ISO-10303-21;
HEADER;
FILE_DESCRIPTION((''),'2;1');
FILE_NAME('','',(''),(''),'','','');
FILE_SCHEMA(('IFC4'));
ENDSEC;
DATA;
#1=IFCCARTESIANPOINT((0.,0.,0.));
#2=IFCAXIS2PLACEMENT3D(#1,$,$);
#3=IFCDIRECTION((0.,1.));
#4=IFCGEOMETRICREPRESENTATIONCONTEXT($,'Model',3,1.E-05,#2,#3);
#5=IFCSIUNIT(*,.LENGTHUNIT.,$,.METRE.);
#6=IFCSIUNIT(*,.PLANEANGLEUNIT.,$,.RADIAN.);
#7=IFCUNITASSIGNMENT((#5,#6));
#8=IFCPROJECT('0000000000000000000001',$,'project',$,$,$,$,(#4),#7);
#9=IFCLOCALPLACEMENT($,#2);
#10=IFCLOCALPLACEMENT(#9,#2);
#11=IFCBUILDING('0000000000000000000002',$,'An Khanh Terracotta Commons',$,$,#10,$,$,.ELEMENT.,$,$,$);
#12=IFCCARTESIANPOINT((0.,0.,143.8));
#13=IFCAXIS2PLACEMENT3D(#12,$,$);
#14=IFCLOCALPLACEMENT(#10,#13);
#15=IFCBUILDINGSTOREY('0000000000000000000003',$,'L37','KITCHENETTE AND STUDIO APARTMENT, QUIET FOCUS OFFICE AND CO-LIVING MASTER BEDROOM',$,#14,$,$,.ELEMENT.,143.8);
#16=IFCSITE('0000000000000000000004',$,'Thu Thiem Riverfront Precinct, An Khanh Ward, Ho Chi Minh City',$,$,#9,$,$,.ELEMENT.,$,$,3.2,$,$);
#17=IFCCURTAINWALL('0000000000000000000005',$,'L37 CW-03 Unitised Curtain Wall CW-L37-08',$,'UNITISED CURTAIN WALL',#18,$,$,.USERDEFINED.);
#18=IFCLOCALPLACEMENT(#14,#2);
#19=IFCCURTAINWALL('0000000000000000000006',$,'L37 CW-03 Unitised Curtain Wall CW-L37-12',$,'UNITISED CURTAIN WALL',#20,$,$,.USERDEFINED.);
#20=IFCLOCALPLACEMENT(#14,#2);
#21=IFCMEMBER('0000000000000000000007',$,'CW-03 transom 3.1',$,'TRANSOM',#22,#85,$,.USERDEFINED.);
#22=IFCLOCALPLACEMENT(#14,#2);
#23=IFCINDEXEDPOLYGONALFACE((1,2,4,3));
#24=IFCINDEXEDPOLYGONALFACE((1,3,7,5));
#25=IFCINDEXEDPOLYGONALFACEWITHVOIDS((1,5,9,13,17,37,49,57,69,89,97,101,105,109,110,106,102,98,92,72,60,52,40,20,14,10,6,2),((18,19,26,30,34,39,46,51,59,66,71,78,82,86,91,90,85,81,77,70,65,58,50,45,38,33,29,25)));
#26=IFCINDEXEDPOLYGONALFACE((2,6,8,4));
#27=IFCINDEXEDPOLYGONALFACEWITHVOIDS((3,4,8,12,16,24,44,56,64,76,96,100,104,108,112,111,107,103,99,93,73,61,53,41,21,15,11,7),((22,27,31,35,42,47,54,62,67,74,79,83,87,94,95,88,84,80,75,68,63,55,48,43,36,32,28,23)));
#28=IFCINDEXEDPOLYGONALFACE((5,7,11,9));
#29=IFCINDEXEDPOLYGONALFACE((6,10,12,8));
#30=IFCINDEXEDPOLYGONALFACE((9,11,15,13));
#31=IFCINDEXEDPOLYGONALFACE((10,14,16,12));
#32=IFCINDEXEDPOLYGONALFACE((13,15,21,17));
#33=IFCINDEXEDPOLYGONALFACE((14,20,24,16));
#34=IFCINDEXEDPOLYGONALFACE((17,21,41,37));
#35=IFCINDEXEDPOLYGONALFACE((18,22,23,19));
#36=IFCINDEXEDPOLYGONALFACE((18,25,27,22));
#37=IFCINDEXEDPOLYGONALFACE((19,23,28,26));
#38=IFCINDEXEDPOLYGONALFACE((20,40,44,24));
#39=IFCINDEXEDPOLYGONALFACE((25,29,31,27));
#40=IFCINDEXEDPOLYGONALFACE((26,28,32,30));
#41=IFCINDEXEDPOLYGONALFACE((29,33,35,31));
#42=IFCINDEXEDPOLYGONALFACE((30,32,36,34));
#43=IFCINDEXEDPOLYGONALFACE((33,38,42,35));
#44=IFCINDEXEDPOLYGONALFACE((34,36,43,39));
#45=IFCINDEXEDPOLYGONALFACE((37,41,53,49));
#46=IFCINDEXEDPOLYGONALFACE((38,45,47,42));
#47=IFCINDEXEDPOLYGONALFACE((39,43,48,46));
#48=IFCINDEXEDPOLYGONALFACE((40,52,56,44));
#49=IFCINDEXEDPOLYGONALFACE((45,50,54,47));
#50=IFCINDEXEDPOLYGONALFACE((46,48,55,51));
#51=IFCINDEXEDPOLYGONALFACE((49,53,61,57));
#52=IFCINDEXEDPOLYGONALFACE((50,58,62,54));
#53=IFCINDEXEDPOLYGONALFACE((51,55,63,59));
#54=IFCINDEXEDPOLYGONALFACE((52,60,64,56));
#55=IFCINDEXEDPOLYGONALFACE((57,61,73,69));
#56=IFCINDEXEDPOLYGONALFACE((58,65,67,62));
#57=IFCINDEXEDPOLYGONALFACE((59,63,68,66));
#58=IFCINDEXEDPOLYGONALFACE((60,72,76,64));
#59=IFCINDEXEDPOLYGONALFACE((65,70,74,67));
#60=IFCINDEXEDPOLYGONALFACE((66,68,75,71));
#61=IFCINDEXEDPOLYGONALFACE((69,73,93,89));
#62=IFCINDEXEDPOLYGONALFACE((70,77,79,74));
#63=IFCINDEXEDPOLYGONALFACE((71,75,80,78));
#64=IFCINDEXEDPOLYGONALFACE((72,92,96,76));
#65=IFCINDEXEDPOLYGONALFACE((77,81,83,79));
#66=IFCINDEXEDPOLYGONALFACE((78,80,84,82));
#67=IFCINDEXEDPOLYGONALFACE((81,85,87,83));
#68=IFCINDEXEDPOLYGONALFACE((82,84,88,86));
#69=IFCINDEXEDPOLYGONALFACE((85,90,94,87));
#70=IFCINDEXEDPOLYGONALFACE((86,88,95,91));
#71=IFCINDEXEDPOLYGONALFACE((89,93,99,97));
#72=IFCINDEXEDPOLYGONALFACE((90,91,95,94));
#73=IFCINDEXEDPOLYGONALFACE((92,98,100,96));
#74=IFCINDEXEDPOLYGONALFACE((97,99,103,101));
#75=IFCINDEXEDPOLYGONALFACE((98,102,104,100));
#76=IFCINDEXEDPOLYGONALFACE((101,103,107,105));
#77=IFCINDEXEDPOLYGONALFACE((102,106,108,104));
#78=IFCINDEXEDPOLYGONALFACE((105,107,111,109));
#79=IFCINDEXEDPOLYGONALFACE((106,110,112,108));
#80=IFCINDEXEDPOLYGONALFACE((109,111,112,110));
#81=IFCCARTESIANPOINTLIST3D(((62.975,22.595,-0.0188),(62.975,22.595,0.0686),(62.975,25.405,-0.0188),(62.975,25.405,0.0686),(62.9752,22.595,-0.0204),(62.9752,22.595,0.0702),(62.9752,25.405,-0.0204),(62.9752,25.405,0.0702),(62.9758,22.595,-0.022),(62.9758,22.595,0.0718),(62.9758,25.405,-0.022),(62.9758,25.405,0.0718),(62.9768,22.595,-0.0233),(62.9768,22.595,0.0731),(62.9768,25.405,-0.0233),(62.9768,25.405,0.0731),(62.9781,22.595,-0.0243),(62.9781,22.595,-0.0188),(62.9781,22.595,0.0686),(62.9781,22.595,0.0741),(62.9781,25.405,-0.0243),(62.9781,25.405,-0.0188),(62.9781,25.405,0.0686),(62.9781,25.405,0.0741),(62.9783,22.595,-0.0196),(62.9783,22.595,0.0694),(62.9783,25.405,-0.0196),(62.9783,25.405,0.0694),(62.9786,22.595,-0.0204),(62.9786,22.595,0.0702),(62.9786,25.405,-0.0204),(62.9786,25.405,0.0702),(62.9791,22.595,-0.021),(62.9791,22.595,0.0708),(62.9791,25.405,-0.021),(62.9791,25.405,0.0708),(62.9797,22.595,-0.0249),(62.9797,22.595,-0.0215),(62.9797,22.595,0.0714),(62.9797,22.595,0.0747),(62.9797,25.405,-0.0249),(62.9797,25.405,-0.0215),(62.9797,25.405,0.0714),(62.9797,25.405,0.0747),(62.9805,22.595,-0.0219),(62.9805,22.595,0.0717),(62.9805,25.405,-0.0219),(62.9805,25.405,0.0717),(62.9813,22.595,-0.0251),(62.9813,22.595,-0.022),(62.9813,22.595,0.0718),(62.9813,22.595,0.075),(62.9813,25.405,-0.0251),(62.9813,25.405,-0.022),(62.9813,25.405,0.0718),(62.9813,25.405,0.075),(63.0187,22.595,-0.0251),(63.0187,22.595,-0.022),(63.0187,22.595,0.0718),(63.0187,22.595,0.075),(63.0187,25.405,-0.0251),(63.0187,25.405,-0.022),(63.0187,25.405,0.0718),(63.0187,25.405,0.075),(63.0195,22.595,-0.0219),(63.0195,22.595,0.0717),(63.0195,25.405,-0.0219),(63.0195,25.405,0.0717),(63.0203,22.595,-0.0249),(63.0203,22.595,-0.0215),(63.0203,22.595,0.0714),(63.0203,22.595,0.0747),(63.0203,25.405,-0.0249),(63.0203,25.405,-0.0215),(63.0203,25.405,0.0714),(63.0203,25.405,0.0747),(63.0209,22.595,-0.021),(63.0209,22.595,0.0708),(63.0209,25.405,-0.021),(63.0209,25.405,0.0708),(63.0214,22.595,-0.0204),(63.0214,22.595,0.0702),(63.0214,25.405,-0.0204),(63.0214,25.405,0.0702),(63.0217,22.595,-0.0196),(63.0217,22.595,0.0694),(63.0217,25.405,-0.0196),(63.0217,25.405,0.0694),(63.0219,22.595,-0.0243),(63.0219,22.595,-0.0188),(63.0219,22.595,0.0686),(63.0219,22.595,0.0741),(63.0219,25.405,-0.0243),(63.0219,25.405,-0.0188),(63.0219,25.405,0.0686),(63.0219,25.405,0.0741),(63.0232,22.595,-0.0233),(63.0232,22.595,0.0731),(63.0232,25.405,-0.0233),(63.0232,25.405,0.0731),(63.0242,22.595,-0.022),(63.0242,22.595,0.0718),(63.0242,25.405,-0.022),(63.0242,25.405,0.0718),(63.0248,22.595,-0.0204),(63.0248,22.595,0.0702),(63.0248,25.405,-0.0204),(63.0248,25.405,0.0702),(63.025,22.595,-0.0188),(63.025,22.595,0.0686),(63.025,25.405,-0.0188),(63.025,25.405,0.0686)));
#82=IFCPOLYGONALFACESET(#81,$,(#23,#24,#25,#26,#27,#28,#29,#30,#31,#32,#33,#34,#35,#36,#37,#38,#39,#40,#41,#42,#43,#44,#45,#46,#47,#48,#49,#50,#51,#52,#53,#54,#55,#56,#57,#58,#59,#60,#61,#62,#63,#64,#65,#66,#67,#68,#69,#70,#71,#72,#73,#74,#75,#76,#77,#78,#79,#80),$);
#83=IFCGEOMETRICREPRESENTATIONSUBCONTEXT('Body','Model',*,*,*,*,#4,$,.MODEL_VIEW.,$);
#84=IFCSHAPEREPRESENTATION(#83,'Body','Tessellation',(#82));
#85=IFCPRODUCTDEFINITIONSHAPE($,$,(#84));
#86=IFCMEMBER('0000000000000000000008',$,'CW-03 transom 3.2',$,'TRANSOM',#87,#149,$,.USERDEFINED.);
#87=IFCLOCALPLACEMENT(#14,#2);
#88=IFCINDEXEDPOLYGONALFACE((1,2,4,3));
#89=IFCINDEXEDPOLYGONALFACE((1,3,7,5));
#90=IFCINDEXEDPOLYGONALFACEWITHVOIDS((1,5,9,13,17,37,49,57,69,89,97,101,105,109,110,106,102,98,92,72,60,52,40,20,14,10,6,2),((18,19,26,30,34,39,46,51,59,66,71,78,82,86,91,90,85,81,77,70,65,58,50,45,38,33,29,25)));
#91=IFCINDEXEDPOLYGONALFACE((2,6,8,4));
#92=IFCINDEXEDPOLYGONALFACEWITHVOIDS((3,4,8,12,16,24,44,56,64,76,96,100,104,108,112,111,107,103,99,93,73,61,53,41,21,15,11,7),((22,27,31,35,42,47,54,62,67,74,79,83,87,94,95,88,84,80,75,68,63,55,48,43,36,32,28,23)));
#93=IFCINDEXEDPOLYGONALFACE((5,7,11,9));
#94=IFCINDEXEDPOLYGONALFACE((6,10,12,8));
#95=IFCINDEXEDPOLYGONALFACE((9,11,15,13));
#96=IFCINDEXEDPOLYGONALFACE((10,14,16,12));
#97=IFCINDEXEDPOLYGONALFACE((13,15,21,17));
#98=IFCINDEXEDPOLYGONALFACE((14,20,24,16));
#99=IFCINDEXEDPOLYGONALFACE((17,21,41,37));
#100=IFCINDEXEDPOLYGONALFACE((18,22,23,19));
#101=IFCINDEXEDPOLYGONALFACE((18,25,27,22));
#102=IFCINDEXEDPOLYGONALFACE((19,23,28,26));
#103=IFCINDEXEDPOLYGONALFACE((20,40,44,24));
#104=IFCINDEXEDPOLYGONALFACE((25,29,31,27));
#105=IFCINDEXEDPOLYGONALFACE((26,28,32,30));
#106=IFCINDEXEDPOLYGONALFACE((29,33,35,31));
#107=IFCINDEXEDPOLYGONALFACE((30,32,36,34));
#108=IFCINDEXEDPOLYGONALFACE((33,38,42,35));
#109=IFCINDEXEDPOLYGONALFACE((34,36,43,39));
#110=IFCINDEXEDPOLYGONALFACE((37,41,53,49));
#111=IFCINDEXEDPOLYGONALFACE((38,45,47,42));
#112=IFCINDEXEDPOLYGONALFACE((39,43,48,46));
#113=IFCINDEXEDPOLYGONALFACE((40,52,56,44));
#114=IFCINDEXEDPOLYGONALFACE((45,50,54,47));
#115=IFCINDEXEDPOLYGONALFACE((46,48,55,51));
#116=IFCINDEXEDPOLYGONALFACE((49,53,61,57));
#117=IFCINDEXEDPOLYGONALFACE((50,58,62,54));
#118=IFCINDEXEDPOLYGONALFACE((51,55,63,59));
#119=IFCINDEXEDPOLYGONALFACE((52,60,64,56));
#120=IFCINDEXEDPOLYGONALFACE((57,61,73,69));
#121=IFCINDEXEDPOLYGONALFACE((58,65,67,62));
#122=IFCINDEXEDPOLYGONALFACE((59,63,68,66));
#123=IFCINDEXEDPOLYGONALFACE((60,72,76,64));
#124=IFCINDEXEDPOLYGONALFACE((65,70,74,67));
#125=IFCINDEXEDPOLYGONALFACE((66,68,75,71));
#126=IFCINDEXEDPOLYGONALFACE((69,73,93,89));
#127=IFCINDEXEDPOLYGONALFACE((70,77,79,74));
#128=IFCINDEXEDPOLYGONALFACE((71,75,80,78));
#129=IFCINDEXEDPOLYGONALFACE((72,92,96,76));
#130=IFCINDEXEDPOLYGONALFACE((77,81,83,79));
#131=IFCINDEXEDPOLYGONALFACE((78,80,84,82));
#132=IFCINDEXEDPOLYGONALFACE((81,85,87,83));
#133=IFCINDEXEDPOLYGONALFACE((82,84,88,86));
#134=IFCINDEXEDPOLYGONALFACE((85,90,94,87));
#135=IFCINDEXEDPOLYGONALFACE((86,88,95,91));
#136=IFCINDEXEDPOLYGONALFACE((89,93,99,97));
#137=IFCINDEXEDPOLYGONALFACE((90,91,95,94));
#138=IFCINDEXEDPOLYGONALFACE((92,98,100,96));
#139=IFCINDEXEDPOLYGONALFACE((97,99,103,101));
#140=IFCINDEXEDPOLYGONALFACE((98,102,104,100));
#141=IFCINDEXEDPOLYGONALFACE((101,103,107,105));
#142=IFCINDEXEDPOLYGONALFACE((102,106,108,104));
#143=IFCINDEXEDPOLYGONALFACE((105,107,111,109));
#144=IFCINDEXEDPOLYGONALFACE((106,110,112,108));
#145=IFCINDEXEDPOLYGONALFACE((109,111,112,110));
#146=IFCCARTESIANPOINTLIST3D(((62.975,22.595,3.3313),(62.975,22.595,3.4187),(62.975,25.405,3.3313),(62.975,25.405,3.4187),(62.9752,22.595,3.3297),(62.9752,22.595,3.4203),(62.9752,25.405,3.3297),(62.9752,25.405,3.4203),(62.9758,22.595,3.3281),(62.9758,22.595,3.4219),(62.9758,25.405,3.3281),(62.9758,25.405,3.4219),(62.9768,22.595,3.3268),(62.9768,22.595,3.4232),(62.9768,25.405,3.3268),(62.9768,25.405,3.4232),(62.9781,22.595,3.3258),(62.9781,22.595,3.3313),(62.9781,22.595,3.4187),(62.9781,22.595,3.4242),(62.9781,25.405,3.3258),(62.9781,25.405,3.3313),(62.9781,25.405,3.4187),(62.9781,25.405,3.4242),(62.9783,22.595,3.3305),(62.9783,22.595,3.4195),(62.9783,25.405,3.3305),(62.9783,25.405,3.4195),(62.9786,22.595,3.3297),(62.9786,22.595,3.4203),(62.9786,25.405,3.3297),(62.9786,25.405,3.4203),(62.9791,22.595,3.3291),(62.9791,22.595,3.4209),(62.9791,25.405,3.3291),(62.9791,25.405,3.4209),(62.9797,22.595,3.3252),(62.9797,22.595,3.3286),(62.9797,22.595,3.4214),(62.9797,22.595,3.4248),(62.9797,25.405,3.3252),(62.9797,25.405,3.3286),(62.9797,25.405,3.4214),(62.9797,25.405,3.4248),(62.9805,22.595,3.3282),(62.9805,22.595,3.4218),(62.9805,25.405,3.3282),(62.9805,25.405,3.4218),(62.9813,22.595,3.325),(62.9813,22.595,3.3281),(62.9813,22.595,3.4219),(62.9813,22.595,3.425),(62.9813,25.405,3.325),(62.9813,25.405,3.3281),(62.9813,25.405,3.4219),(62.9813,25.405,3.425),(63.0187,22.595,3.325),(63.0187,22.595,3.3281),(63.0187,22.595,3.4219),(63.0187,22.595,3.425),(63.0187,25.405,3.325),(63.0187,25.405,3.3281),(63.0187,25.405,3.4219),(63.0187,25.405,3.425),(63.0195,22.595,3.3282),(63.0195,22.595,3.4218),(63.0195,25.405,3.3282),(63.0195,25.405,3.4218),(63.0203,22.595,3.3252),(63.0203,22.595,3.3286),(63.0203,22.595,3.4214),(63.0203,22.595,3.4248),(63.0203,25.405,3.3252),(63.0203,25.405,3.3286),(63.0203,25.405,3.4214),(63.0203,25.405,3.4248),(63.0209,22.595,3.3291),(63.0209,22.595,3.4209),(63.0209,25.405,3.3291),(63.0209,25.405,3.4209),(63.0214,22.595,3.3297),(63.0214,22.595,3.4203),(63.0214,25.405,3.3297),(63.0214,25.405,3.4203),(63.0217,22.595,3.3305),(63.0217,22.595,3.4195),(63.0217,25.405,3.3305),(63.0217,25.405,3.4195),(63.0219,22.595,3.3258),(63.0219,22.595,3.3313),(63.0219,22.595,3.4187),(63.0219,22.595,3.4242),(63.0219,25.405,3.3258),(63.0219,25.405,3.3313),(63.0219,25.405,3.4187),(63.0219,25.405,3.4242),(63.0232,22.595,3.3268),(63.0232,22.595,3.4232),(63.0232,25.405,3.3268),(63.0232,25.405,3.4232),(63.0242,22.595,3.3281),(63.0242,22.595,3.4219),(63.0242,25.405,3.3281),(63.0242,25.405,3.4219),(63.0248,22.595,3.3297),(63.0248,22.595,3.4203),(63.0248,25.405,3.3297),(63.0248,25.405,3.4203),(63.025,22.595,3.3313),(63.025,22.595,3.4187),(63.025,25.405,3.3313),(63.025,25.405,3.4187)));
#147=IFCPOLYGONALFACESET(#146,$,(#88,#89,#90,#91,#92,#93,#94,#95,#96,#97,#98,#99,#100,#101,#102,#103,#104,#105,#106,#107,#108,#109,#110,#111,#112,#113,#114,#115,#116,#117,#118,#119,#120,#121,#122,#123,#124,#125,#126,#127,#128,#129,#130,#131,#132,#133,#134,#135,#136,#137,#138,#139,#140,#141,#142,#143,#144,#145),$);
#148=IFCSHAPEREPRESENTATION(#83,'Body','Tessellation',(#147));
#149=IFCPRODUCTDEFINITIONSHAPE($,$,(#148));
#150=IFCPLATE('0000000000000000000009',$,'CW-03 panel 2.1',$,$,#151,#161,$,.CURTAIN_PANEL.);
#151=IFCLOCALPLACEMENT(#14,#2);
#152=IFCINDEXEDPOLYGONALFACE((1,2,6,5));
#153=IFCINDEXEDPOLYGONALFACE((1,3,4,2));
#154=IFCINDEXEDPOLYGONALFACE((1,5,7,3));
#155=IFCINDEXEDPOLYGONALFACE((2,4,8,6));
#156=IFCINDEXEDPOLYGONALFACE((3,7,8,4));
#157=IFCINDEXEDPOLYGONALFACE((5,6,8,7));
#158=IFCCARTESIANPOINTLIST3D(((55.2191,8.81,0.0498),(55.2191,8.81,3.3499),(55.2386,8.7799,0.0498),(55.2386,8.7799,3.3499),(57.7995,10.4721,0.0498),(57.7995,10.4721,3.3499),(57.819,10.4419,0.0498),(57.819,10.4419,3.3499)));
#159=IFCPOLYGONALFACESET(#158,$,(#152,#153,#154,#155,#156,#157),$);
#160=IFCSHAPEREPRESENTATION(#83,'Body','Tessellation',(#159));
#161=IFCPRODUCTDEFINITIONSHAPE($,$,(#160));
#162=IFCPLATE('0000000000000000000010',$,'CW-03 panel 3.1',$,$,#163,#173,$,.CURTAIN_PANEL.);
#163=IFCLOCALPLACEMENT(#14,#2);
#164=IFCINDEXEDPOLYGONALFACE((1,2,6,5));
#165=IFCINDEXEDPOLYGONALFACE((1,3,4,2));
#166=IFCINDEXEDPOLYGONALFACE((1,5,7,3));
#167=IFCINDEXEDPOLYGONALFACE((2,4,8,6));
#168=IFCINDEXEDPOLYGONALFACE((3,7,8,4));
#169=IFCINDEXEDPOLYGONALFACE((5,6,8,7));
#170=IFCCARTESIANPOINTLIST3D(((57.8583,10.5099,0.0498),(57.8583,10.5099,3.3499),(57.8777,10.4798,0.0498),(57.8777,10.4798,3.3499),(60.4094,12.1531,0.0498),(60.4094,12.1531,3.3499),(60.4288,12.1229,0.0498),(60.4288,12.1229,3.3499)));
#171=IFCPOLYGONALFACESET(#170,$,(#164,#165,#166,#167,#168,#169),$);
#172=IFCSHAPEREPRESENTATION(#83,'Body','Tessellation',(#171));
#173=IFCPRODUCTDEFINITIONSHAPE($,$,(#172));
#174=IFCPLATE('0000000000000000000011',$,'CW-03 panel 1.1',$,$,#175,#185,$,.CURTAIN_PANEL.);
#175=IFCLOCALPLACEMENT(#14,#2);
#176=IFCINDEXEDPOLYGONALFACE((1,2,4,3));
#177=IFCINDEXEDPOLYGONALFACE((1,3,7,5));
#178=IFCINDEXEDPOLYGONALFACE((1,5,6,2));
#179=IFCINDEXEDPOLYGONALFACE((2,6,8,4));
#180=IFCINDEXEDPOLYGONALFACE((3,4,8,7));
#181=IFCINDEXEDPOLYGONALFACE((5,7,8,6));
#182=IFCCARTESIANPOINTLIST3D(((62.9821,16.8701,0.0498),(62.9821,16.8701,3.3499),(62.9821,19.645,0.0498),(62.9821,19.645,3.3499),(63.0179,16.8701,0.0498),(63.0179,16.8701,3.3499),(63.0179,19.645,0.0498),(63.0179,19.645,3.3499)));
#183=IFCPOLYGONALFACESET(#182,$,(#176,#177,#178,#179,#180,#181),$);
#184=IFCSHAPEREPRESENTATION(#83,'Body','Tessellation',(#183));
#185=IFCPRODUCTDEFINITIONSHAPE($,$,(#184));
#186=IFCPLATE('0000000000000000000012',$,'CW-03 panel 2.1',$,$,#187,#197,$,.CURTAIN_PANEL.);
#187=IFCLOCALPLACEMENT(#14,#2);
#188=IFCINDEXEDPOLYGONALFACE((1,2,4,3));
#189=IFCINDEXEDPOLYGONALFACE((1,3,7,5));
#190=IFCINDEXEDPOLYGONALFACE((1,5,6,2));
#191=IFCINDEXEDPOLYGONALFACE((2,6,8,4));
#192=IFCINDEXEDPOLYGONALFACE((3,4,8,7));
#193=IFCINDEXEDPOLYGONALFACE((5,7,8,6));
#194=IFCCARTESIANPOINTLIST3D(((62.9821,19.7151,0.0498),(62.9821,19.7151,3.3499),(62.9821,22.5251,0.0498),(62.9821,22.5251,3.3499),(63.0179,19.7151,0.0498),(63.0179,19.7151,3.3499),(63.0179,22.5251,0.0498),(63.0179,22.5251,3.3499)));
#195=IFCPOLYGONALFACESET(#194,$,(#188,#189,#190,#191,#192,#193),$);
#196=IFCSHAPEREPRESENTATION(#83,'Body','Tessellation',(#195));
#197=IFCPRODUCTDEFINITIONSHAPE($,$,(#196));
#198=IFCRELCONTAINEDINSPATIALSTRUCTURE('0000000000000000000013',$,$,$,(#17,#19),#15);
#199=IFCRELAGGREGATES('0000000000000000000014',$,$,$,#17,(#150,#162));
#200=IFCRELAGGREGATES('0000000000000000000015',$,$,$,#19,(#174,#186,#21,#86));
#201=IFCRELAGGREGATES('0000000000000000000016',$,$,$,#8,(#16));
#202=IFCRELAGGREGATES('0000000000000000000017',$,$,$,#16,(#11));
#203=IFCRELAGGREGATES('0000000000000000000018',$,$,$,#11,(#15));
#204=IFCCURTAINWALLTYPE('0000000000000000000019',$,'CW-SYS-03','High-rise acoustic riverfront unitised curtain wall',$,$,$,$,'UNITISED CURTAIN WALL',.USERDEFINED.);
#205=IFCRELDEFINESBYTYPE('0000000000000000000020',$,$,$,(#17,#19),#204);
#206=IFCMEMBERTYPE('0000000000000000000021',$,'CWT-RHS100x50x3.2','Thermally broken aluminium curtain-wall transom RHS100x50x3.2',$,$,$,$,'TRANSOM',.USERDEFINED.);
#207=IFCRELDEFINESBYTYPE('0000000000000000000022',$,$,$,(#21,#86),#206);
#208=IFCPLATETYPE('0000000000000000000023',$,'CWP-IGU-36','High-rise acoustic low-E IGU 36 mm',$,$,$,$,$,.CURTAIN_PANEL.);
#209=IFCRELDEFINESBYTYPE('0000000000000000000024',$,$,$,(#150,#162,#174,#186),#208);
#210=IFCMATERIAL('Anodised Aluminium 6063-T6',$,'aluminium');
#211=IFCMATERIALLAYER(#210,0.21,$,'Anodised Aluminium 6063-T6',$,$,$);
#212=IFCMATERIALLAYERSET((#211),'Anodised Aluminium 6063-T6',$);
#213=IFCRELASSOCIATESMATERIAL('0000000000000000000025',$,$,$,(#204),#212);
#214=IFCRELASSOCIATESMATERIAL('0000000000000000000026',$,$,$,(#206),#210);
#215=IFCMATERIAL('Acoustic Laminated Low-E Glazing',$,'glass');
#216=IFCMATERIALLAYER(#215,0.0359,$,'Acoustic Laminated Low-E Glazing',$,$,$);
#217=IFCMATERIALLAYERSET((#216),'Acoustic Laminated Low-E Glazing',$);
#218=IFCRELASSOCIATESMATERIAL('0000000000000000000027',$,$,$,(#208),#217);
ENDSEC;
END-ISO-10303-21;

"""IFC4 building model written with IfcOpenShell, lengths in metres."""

from ifc_helpers import new_model, si_unit, direction, frame, origin, origin_2d, place, context, subcontext, project, spatial, rectangle, hollow_rectangle, extrude, material, layer, layer_set, material_profile, profile_set, type_object, element, aggregate, save


model = new_model("IFC4")

# Units and contexts
model_context = context("Model", 3, precision=1e-05, world=origin(), true_north=direction((0.0, 1.0)))
body_context = subcontext(model_context, "Body", "Model", "MODEL_VIEW")
ifc_project = project(units=[si_unit("LENGTHUNIT", "METRE"), si_unit("PLANEANGLEUNIT", "RADIAN")], contexts=[model_context])

# Site, building, storey
site_placement = place(None, origin())
site = spatial("IfcSite", under=ifc_project, at=site_placement, Name="Thu Thiem Riverfront Precinct, An Khanh Ward, Ho Chi Minh City", CompositionType="ELEMENT", RefElevation=3.2)
building_placement = place(site_placement, origin())
building = spatial("IfcBuilding", under=site, at=building_placement, Name="An Khanh Terracotta Commons", CompositionType="ELEMENT")
storey_placement = place(building_placement, frame((0.0, 0.0, 143.8)))
storey = spatial("IfcBuildingStorey", under=building, at=storey_placement, Name="L37", Description="KITCHENETTE AND STUDIO APARTMENT, QUIET FOCUS OFFICE AND CO-LIVING MASTER BEDROOM", CompositionType="ELEMENT", Elevation=143.8)

# Curtain walls
ifc_material_1 = material(Name="Anodised Aluminium 6063-T6", Category="aluminium")
ifc_layer_1 = layer(ifc_material_1, 0.21, Name="Anodised Aluminium 6063-T6")
ifc_layer_set_1 = layer_set([ifc_layer_1], Name="Anodised Aluminium 6063-T6")
curtain_wall_type = type_object("IfcCurtainWallType", Name="CW-SYS-03", Description="High-rise acoustic riverfront unitised curtain wall", ElementType="UNITISED CURTAIN WALL", PredefinedType="USERDEFINED", material=ifc_layer_set_1)
curtain_wall_1_placement = place(storey_placement, origin())
curtain_wall_1 = element("IfcCurtainWall", 1, at=curtain_wall_1_placement, inside=storey, type_object=curtain_wall_type, Name="L37 CW-03 Unitised Curtain Wall CW-L37-08", ObjectType="UNITISED CURTAIN WALL", PredefinedType="USERDEFINED")
curtain_wall_2_placement = place(storey_placement, origin())
curtain_wall_2 = element("IfcCurtainWall", 2, at=curtain_wall_2_placement, inside=storey, type_object=curtain_wall_type, Name="L37 CW-03 Unitised Curtain Wall CW-L37-12", ObjectType="UNITISED CURTAIN WALL", PredefinedType="USERDEFINED")

# Members
ifc_material_profile_1 = material_profile(ifc_material_1, hollow_rectangle(XDim=0.05, YDim=0.1001, WallThickness=0.0032, InnerFilletRadius=0.0032, OuterFilletRadius=0.0063, at=origin_2d()), Name="RHS100x50x3.2")
ifc_profile_set_1 = profile_set([ifc_material_profile_1], Name="Anodised Aluminium 6063-T6")
member_type_1 = type_object("IfcMemberType", Name="CWT-RHS100x50x3.2", Description="Thermally broken aluminium curtain-wall transom RHS100x50x3.2", ElementType="TRANSOM", PredefinedType="USERDEFINED", material=ifc_profile_set_1)
member_1_placement = place(storey_placement, frame((63.0, 22.595, 0.0249), z_axis=(0.0, 1.0, 0.0), x_axis=(-1.0, 0.0, 0.0)))
member_1 = element("IfcMember", 3, at=member_1_placement, type_object=member_type_1, Name="CW-03 transom 3.1", ObjectType="TRANSOM", PredefinedType="USERDEFINED", context=body_context, shape_type="SweptSolid", body=[
    extrude(hollow_rectangle(XDim=0.05, YDim=0.1001, WallThickness=0.0032, InnerFilletRadius=0.0032, OuterFilletRadius=0.0063, at=origin_2d()), origin(), (0.0, 0.0, 1.0), 2.8101),
])
member_2_placement = place(storey_placement, frame((63.0, 22.595, 3.375), z_axis=(0.0, 1.0, 0.0), x_axis=(-1.0, 0.0, 0.0)))
member_2 = element("IfcMember", 4, at=member_2_placement, type_object=member_type_1, Name="CW-03 transom 3.2", ObjectType="TRANSOM", PredefinedType="USERDEFINED", context=body_context, shape_type="SweptSolid", body=[
    extrude(hollow_rectangle(XDim=0.05, YDim=0.1001, WallThickness=0.0032, InnerFilletRadius=0.0032, OuterFilletRadius=0.0063, at=origin_2d()), origin(), (0.0, 0.0, 1.0), 2.8101),
])

# Plates
ifc_material_2 = material(Name="Acoustic Laminated Low-E Glazing", Category="glass")
ifc_layer_2 = layer(ifc_material_2, 0.0359, Name="Acoustic Laminated Low-E Glazing")
ifc_layer_set_2 = layer_set([ifc_layer_2], Name="Acoustic Laminated Low-E Glazing")
plate_type = type_object("IfcPlateType", Name="CWP-IGU-36", Description="High-rise acoustic low-E IGU 36 mm", PredefinedType="CURTAIN_PANEL", material=ifc_layer_set_2)
plate_1_placement = place(storey_placement, frame((56.519, 9.626, 0.0498), z_axis=(0.0, 0.0, 1.0), x_axis=(0.840702, 0.541498, 0.0)))
plate_1 = element("IfcPlate", 5, at=plate_1_placement, type_object=plate_type, Name="CW-03 panel 2.1", PredefinedType="CURTAIN_PANEL", context=body_context, shape_type="SweptSolid", body=[
    extrude(rectangle(XDim=3.0693, YDim=0.0359, at=origin_2d()), origin(), (0.0, 0.0, 1.0), 3.3),
])
plate_2_placement = place(storey_placement, frame((59.1436, 11.3164, 0.0498), z_axis=(0.0, 0.0, 1.0), x_axis=(0.840702, 0.541498, 0.0)))
plate_2 = element("IfcPlate", 6, at=plate_2_placement, type_object=plate_type, Name="CW-03 panel 3.1", PredefinedType="CURTAIN_PANEL", context=body_context, shape_type="SweptSolid", body=[
    extrude(rectangle(XDim=3.0344, YDim=0.0359, at=origin_2d()), origin(), (0.0, 0.0, 1.0), 3.3),
])
aggregate(curtain_wall_1, [plate_1, plate_2])
plate_3_placement = place(storey_placement, frame((63.0, 18.2576, 0.0498), z_axis=(0.0, 0.0, 1.0), x_axis=(0.0, 1.0, 0.0)))
plate_3 = element("IfcPlate", 7, at=plate_3_placement, type_object=plate_type, Name="CW-03 panel 1.1", PredefinedType="CURTAIN_PANEL", context=body_context, shape_type="SweptSolid", body=[
    extrude(rectangle(XDim=2.7749, YDim=0.0359, at=origin_2d()), origin(), (0.0, 0.0, 1.0), 3.3),
])
plate_4_placement = place(storey_placement, frame((63.0, 21.1201, 0.0498), z_axis=(0.0, 0.0, 1.0), x_axis=(0.0, 1.0, 0.0)))
plate_4 = element("IfcPlate", 8, at=plate_4_placement, type_object=plate_type, Name="CW-03 panel 2.1", PredefinedType="CURTAIN_PANEL", context=body_context, shape_type="SweptSolid", body=[
    extrude(rectangle(XDim=2.8101, YDim=0.0359, at=origin_2d()), origin(), (0.0, 0.0, 1.0), 3.3),
])
aggregate(curtain_wall_2, [plate_3, plate_4, member_1, member_2])

save(model, "model.ifc")
